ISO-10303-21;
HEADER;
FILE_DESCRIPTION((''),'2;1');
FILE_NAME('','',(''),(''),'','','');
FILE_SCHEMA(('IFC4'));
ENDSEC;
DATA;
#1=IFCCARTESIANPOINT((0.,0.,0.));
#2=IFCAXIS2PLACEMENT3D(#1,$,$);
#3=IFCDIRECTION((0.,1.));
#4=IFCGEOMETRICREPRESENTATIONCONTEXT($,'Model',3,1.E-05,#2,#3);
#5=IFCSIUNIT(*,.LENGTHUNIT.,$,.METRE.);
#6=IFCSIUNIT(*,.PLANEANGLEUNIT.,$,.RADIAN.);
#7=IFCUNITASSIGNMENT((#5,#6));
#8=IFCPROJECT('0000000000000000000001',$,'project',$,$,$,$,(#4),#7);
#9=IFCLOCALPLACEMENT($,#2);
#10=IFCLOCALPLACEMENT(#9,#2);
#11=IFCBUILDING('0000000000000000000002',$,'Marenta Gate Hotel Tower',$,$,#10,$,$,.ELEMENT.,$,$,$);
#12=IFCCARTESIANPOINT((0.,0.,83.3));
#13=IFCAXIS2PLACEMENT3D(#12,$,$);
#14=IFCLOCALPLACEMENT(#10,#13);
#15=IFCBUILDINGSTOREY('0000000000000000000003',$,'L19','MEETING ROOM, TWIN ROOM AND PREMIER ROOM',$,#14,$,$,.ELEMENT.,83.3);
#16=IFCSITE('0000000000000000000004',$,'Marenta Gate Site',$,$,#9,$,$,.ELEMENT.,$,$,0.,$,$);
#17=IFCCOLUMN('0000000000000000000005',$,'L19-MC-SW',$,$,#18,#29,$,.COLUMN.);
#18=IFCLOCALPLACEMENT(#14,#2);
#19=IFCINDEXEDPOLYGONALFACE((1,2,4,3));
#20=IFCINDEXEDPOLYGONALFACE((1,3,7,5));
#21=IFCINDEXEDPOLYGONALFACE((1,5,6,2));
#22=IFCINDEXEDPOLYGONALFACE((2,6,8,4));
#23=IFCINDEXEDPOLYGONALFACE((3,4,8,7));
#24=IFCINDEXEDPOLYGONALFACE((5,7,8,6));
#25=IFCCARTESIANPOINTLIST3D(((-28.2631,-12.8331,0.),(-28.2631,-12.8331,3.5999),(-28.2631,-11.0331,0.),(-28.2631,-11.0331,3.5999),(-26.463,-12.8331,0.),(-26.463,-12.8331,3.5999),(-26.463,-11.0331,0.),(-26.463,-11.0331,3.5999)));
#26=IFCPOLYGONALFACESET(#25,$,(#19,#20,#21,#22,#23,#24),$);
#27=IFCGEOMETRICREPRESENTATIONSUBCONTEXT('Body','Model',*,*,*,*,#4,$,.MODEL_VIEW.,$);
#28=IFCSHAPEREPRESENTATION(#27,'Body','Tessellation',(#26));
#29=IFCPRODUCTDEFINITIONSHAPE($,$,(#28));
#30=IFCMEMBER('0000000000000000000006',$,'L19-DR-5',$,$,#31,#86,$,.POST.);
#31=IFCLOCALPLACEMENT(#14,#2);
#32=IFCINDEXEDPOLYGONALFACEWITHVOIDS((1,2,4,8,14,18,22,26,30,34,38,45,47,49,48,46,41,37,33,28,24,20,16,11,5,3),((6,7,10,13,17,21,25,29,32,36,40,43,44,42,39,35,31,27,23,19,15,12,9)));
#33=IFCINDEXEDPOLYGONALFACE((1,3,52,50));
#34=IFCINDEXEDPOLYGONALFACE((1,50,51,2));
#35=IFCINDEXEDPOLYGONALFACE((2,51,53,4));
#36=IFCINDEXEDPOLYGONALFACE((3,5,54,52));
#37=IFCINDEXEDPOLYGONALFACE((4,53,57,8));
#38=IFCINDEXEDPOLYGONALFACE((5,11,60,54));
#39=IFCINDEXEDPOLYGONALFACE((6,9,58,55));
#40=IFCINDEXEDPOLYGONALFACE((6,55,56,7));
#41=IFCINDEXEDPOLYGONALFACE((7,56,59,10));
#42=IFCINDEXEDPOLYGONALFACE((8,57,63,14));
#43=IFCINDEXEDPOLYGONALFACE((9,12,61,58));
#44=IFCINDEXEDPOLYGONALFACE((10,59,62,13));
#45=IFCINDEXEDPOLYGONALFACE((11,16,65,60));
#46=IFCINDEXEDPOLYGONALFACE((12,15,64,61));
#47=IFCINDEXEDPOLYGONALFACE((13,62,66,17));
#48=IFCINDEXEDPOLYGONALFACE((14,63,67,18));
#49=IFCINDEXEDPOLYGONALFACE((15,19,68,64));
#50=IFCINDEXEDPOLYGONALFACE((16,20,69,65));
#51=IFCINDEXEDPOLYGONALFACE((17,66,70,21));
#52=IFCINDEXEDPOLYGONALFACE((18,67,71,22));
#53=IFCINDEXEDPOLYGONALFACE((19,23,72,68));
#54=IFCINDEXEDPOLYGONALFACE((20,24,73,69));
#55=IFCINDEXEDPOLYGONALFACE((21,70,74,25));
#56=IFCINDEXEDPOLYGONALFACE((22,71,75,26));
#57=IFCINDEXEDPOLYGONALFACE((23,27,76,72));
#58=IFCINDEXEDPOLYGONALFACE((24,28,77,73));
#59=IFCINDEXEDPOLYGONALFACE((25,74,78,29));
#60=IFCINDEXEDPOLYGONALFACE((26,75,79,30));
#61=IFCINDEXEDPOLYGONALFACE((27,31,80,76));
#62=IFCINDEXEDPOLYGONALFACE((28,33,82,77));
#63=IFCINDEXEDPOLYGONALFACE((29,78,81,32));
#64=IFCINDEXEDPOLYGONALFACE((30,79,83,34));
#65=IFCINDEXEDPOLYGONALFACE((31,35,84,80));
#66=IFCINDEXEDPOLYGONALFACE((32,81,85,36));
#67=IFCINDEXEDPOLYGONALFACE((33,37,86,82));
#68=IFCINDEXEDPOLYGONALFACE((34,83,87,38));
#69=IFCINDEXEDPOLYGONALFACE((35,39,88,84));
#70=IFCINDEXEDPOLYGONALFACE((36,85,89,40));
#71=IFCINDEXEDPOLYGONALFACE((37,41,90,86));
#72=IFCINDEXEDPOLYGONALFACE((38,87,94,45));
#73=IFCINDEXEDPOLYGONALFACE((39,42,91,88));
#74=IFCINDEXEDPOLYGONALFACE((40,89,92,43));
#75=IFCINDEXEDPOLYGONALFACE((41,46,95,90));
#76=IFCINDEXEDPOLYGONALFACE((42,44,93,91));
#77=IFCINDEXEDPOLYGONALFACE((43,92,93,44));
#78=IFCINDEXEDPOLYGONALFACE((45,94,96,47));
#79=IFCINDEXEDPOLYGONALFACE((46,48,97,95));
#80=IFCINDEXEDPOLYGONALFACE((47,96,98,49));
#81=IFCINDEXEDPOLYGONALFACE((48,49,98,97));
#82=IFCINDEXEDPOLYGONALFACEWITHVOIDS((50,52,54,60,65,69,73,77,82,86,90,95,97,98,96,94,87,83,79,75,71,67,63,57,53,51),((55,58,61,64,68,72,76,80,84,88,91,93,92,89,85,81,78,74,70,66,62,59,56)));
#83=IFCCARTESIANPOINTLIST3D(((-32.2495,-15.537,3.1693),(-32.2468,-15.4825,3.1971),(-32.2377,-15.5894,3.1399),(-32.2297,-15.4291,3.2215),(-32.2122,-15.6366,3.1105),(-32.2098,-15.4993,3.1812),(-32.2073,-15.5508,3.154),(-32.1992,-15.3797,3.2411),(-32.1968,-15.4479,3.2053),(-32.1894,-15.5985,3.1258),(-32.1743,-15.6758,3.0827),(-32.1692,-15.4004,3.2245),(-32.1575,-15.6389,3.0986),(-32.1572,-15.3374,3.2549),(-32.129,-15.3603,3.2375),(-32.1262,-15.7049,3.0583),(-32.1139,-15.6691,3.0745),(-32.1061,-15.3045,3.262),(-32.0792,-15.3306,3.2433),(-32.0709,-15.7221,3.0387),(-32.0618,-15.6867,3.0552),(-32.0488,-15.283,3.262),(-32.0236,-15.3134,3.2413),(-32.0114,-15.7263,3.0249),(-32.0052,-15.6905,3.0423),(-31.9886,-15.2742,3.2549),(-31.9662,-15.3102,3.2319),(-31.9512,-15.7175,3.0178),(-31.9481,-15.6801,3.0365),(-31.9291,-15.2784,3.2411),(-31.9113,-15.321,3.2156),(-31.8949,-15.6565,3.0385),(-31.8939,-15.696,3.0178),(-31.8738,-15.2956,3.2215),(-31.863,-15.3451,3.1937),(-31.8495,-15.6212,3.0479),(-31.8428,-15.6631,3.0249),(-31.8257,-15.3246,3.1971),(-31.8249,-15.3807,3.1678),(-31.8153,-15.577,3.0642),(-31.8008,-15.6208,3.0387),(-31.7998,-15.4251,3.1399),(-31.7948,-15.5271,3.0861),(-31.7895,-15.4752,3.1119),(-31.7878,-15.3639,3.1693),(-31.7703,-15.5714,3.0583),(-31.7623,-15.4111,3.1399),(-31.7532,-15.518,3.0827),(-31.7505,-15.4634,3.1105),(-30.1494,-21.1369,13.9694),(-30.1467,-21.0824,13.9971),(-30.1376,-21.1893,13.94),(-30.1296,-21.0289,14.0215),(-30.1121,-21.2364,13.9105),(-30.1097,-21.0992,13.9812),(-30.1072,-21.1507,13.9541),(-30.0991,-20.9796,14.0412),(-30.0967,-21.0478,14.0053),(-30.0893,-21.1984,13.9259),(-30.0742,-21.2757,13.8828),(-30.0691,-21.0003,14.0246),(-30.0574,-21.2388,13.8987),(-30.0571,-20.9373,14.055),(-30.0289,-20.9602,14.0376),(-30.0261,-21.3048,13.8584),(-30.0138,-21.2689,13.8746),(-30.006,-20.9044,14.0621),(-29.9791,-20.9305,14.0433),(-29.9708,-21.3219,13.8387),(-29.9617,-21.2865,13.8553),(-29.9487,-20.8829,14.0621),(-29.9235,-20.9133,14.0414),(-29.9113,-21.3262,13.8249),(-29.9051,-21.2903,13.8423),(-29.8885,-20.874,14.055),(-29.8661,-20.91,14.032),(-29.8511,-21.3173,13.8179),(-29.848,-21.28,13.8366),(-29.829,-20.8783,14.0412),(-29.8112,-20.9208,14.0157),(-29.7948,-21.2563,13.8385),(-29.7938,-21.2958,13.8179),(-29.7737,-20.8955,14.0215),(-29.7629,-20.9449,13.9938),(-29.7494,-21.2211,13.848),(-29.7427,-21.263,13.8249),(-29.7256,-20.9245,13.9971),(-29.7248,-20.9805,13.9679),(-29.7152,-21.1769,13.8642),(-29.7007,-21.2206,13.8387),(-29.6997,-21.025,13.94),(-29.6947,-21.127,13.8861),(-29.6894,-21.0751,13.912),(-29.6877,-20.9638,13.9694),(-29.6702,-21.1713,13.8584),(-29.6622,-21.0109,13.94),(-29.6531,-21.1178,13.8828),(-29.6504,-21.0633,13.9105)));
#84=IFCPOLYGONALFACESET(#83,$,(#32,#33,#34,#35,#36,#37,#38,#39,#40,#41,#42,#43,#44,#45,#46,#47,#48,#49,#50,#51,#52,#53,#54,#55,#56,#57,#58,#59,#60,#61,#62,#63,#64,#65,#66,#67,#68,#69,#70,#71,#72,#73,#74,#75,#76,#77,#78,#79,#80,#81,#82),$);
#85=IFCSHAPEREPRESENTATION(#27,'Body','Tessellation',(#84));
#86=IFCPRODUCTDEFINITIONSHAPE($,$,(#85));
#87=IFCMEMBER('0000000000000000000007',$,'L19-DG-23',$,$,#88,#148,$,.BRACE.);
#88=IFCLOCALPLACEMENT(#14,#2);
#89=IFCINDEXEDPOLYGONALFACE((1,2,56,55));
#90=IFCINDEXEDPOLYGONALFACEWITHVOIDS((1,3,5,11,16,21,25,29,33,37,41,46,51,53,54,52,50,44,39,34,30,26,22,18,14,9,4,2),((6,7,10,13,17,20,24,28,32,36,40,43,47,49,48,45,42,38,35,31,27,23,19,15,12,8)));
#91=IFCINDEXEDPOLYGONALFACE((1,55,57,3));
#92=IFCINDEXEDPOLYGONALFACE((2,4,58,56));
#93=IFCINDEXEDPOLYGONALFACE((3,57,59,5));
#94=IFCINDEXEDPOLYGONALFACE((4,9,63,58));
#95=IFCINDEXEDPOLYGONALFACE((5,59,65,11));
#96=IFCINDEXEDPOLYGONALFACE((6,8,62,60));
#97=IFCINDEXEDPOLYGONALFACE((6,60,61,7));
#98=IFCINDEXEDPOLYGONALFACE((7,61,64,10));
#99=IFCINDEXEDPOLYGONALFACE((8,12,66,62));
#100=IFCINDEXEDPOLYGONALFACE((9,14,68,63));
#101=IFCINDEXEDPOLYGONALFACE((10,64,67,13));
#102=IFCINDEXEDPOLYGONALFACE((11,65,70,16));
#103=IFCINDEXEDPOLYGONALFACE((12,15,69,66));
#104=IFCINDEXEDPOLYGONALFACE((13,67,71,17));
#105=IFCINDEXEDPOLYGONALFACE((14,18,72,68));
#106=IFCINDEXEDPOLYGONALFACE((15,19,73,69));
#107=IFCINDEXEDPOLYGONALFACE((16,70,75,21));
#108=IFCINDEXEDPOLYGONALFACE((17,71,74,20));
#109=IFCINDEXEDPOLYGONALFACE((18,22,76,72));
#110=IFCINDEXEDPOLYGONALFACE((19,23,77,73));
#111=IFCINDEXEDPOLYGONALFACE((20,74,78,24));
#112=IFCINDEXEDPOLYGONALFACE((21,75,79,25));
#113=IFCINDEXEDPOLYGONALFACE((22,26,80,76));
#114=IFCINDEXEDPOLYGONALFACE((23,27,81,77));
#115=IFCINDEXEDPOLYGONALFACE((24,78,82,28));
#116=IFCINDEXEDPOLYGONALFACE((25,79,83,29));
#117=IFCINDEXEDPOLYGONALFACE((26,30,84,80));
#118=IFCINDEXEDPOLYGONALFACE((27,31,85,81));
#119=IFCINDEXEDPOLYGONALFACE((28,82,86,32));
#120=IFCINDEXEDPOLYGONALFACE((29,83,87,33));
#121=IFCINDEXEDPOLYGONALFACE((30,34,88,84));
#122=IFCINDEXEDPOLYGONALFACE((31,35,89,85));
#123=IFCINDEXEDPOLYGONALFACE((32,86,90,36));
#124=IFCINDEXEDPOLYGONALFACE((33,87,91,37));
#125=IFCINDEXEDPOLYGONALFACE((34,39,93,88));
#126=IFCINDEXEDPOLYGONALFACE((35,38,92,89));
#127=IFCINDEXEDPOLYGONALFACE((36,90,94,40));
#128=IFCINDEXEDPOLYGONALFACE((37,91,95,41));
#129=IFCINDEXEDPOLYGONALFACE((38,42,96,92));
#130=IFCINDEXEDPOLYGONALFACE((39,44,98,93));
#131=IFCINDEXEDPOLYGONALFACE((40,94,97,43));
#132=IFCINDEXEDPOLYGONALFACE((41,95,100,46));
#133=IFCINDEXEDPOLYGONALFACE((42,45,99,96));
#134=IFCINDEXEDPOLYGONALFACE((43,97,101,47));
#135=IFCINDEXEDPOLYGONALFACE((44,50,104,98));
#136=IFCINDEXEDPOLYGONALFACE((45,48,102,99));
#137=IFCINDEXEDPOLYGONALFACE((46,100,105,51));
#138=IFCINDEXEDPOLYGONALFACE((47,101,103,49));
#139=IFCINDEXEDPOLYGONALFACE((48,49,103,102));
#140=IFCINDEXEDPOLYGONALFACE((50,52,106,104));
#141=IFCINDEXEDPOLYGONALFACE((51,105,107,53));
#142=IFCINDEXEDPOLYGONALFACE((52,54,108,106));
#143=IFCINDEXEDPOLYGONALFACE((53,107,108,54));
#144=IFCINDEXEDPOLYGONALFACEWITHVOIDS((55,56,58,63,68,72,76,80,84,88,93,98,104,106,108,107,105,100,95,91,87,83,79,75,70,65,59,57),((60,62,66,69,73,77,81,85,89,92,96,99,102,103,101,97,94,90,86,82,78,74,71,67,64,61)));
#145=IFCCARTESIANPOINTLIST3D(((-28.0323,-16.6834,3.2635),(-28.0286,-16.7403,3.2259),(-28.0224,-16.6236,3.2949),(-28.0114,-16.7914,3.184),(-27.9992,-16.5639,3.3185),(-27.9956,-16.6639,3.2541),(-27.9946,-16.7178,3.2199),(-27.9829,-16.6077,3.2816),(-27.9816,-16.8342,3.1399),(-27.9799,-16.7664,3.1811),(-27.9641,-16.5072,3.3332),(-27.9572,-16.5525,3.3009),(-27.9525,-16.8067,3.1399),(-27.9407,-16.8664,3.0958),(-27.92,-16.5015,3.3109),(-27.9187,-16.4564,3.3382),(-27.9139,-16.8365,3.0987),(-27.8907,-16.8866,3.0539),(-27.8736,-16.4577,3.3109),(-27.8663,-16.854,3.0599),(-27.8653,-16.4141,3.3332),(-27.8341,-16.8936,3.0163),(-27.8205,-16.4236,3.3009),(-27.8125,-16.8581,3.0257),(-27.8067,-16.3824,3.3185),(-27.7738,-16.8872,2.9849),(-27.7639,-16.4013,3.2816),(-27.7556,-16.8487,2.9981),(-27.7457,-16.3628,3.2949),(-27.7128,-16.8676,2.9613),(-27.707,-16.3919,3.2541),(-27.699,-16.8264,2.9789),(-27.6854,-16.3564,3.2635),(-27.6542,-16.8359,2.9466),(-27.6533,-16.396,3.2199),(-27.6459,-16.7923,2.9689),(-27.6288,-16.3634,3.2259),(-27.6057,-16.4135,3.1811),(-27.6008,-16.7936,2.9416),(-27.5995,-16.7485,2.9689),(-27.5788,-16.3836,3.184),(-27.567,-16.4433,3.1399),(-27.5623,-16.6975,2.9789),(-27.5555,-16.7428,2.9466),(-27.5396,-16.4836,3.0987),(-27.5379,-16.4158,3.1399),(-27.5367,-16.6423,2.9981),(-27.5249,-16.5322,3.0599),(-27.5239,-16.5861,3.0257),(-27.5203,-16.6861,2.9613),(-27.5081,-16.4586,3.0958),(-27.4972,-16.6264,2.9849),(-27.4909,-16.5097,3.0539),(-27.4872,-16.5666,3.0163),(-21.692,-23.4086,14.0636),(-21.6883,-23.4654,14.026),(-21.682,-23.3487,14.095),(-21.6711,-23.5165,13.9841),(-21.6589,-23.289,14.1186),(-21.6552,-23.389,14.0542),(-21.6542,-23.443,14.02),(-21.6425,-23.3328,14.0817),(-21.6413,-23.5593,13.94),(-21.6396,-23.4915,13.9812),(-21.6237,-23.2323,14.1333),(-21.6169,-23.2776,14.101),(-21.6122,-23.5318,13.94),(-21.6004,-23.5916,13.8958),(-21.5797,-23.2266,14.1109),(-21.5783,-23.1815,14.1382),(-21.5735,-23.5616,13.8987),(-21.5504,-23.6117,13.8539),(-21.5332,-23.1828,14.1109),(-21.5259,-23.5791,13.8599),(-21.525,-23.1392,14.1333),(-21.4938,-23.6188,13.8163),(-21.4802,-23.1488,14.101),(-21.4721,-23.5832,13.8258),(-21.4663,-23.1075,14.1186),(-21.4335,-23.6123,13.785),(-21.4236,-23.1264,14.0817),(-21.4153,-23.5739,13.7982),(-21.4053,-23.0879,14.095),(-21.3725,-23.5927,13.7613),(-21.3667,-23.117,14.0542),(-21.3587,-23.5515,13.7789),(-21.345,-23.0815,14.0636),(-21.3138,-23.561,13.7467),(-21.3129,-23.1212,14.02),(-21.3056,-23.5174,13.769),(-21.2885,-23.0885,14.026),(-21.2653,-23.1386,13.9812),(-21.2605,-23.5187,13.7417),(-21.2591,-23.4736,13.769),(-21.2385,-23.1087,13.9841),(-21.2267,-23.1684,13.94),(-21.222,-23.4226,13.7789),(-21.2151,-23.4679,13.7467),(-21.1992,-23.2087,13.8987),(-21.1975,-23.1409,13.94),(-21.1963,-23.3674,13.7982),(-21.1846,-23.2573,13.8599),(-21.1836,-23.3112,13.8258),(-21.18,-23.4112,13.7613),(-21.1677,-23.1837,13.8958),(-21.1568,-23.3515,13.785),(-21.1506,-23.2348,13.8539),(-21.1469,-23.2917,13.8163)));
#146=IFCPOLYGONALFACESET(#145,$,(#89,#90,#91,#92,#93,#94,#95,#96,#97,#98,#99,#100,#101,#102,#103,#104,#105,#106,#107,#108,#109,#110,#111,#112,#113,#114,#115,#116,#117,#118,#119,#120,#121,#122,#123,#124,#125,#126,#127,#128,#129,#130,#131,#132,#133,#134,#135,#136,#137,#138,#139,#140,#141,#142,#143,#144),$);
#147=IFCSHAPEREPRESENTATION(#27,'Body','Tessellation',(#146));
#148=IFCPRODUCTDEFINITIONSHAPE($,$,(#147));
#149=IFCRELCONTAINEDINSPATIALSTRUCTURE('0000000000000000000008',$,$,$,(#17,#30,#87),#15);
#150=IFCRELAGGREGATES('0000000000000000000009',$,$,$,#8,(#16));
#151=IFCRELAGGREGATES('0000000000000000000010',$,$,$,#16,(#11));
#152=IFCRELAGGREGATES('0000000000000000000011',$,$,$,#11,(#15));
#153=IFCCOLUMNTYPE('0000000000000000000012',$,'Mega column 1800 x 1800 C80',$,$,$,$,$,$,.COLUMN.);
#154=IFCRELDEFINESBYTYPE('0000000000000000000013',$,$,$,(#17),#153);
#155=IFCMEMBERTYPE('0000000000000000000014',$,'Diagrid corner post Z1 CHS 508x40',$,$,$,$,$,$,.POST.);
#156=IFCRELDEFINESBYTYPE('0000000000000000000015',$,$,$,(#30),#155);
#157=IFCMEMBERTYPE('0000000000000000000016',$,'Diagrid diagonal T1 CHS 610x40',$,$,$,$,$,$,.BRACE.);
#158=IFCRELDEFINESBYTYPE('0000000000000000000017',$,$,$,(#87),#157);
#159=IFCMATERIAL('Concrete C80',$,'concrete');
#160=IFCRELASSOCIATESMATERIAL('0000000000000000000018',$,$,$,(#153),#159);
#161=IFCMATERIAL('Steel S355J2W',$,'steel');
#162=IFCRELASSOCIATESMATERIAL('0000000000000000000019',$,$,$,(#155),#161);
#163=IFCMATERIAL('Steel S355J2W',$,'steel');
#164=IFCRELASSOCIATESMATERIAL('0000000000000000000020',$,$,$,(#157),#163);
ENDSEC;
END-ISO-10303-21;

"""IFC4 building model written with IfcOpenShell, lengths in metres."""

from ifc_helpers import new_model, si_unit, direction, frame, origin, origin_2d, place, context, subcontext, project, spatial, rectangle, hollow_circle, extrude, material, material_profile, profile_set, type_object, element, save


model = new_model("IFC4")

# Units and contexts
model_context = context("Model", 3, precision=1e-05, world=origin(), true_north=direction((0.0, 1.0)))
body_context = subcontext(model_context, "Body", "Model", "MODEL_VIEW")
ifc_project = project(units=[si_unit("LENGTHUNIT", "METRE"), si_unit("PLANEANGLEUNIT", "RADIAN")], contexts=[model_context])

# Site, building, storey
site_placement = place(None, origin())
site = spatial("IfcSite", under=ifc_project, at=site_placement, Name="Marenta Gate Site", CompositionType="ELEMENT", RefElevation=0.0)
building_placement = place(site_placement, origin())
building = spatial("IfcBuilding", under=site, at=building_placement, Name="Marenta Gate Hotel Tower", CompositionType="ELEMENT")
storey_placement = place(building_placement, frame((0.0, 0.0, 83.3)))
storey = spatial("IfcBuildingStorey", under=building, at=storey_placement, Name="L19", Description="MEETING ROOM, TWIN ROOM AND PREMIER ROOM", CompositionType="ELEMENT", Elevation=83.3)

# Column
ifc_material_1 = material(Name="Concrete C80", Category="concrete")
ifc_material_profile_1 = material_profile(ifc_material_1, rectangle(XDim=1.8, YDim=1.8, at=origin_2d()), Name="1800 x 1800")
ifc_profile_set_1 = profile_set([ifc_material_profile_1], Name="Concrete C80")
column_type = type_object("IfcColumnType", Name="Mega column 1800 x 1800 C80", PredefinedType="COLUMN", material=ifc_profile_set_1)
column_placement = place(storey_placement, frame((-27.363, -11.9331, 0.0), z_axis=(0.0, 0.0, 1.0), x_axis=(1.0, 0.0, 0.0)))
element("IfcColumn", 1, at=column_placement, inside=storey, type_object=column_type, Name="L19-MC-SW", PredefinedType="COLUMN", context=body_context, shape_type="SweptSolid", body=[
    extrude(rectangle(XDim=1.8, YDim=1.8, at=origin_2d()), origin(), (0.0, 0.0, 1.0), 3.5999),
])

# Members
ifc_material_2 = material(Name="Steel S355J2W", Category="steel")
ifc_material_profile_2 = material_profile(ifc_material_2, hollow_circle(Radius=0.2539, WallThickness=0.04, at=origin_2d()), Name="CHS 508x40")
ifc_profile_set_2 = profile_set([ifc_material_profile_2], Name="Steel S355J2W")
member_type_1 = type_object("IfcMemberType", Name="Diagrid corner post Z1 CHS 508x40", PredefinedType="POST", material=ifc_profile_set_2)
member_1_placement = place(storey_placement, frame((-32.0, -15.5002, 3.1399), z_axis=(0.170111, -0.453597, 0.874821), x_axis=(0.936321, 0.351146, 0.0)))
element("IfcMember", 2, at=member_1_placement, inside=storey, type_object=member_type_1, Name="L19-DR-5", PredefinedType="POST", context=body_context, shape_type="SweptSolid", body=[
    extrude(hollow_circle(Radius=0.2539, WallThickness=0.04, at=origin_2d()), origin(), (0.0, 0.0, 1.0), 12.3455),
])
ifc_material_3 = material(Name="Steel S355J2W", Category="steel")
ifc_material_profile_3 = material_profile(ifc_material_3, hollow_circle(Radius=0.3049, WallThickness=0.04, at=origin_2d()), Name="CHS 610x40")
ifc_profile_set_3 = profile_set([ifc_material_profile_3], Name="Steel S355J2W")
member_type_2 = type_object("IfcMemberType", Name="Diagrid diagonal T1 CHS 610x40", PredefinedType="BRACE", material=ifc_profile_set_3)
member_2_placement = place(storey_placement, frame((-27.7598, -16.625, 3.1399), z_axis=(0.446029, -0.473097, 0.759761), x_axis=(0.727615, 0.685986, 0.0)))
element("IfcMember", 3, at=member_2_placement, inside=storey, type_object=member_type_2, Name="L19-DG-23", PredefinedType="BRACE", context=body_context, shape_type="SweptSolid", body=[
    extrude(hollow_circle(Radius=0.3049, WallThickness=0.04, at=origin_2d()), origin(), (0.0, 0.0, 1.0), 14.2151),
])

save(model, "model.ifc")
